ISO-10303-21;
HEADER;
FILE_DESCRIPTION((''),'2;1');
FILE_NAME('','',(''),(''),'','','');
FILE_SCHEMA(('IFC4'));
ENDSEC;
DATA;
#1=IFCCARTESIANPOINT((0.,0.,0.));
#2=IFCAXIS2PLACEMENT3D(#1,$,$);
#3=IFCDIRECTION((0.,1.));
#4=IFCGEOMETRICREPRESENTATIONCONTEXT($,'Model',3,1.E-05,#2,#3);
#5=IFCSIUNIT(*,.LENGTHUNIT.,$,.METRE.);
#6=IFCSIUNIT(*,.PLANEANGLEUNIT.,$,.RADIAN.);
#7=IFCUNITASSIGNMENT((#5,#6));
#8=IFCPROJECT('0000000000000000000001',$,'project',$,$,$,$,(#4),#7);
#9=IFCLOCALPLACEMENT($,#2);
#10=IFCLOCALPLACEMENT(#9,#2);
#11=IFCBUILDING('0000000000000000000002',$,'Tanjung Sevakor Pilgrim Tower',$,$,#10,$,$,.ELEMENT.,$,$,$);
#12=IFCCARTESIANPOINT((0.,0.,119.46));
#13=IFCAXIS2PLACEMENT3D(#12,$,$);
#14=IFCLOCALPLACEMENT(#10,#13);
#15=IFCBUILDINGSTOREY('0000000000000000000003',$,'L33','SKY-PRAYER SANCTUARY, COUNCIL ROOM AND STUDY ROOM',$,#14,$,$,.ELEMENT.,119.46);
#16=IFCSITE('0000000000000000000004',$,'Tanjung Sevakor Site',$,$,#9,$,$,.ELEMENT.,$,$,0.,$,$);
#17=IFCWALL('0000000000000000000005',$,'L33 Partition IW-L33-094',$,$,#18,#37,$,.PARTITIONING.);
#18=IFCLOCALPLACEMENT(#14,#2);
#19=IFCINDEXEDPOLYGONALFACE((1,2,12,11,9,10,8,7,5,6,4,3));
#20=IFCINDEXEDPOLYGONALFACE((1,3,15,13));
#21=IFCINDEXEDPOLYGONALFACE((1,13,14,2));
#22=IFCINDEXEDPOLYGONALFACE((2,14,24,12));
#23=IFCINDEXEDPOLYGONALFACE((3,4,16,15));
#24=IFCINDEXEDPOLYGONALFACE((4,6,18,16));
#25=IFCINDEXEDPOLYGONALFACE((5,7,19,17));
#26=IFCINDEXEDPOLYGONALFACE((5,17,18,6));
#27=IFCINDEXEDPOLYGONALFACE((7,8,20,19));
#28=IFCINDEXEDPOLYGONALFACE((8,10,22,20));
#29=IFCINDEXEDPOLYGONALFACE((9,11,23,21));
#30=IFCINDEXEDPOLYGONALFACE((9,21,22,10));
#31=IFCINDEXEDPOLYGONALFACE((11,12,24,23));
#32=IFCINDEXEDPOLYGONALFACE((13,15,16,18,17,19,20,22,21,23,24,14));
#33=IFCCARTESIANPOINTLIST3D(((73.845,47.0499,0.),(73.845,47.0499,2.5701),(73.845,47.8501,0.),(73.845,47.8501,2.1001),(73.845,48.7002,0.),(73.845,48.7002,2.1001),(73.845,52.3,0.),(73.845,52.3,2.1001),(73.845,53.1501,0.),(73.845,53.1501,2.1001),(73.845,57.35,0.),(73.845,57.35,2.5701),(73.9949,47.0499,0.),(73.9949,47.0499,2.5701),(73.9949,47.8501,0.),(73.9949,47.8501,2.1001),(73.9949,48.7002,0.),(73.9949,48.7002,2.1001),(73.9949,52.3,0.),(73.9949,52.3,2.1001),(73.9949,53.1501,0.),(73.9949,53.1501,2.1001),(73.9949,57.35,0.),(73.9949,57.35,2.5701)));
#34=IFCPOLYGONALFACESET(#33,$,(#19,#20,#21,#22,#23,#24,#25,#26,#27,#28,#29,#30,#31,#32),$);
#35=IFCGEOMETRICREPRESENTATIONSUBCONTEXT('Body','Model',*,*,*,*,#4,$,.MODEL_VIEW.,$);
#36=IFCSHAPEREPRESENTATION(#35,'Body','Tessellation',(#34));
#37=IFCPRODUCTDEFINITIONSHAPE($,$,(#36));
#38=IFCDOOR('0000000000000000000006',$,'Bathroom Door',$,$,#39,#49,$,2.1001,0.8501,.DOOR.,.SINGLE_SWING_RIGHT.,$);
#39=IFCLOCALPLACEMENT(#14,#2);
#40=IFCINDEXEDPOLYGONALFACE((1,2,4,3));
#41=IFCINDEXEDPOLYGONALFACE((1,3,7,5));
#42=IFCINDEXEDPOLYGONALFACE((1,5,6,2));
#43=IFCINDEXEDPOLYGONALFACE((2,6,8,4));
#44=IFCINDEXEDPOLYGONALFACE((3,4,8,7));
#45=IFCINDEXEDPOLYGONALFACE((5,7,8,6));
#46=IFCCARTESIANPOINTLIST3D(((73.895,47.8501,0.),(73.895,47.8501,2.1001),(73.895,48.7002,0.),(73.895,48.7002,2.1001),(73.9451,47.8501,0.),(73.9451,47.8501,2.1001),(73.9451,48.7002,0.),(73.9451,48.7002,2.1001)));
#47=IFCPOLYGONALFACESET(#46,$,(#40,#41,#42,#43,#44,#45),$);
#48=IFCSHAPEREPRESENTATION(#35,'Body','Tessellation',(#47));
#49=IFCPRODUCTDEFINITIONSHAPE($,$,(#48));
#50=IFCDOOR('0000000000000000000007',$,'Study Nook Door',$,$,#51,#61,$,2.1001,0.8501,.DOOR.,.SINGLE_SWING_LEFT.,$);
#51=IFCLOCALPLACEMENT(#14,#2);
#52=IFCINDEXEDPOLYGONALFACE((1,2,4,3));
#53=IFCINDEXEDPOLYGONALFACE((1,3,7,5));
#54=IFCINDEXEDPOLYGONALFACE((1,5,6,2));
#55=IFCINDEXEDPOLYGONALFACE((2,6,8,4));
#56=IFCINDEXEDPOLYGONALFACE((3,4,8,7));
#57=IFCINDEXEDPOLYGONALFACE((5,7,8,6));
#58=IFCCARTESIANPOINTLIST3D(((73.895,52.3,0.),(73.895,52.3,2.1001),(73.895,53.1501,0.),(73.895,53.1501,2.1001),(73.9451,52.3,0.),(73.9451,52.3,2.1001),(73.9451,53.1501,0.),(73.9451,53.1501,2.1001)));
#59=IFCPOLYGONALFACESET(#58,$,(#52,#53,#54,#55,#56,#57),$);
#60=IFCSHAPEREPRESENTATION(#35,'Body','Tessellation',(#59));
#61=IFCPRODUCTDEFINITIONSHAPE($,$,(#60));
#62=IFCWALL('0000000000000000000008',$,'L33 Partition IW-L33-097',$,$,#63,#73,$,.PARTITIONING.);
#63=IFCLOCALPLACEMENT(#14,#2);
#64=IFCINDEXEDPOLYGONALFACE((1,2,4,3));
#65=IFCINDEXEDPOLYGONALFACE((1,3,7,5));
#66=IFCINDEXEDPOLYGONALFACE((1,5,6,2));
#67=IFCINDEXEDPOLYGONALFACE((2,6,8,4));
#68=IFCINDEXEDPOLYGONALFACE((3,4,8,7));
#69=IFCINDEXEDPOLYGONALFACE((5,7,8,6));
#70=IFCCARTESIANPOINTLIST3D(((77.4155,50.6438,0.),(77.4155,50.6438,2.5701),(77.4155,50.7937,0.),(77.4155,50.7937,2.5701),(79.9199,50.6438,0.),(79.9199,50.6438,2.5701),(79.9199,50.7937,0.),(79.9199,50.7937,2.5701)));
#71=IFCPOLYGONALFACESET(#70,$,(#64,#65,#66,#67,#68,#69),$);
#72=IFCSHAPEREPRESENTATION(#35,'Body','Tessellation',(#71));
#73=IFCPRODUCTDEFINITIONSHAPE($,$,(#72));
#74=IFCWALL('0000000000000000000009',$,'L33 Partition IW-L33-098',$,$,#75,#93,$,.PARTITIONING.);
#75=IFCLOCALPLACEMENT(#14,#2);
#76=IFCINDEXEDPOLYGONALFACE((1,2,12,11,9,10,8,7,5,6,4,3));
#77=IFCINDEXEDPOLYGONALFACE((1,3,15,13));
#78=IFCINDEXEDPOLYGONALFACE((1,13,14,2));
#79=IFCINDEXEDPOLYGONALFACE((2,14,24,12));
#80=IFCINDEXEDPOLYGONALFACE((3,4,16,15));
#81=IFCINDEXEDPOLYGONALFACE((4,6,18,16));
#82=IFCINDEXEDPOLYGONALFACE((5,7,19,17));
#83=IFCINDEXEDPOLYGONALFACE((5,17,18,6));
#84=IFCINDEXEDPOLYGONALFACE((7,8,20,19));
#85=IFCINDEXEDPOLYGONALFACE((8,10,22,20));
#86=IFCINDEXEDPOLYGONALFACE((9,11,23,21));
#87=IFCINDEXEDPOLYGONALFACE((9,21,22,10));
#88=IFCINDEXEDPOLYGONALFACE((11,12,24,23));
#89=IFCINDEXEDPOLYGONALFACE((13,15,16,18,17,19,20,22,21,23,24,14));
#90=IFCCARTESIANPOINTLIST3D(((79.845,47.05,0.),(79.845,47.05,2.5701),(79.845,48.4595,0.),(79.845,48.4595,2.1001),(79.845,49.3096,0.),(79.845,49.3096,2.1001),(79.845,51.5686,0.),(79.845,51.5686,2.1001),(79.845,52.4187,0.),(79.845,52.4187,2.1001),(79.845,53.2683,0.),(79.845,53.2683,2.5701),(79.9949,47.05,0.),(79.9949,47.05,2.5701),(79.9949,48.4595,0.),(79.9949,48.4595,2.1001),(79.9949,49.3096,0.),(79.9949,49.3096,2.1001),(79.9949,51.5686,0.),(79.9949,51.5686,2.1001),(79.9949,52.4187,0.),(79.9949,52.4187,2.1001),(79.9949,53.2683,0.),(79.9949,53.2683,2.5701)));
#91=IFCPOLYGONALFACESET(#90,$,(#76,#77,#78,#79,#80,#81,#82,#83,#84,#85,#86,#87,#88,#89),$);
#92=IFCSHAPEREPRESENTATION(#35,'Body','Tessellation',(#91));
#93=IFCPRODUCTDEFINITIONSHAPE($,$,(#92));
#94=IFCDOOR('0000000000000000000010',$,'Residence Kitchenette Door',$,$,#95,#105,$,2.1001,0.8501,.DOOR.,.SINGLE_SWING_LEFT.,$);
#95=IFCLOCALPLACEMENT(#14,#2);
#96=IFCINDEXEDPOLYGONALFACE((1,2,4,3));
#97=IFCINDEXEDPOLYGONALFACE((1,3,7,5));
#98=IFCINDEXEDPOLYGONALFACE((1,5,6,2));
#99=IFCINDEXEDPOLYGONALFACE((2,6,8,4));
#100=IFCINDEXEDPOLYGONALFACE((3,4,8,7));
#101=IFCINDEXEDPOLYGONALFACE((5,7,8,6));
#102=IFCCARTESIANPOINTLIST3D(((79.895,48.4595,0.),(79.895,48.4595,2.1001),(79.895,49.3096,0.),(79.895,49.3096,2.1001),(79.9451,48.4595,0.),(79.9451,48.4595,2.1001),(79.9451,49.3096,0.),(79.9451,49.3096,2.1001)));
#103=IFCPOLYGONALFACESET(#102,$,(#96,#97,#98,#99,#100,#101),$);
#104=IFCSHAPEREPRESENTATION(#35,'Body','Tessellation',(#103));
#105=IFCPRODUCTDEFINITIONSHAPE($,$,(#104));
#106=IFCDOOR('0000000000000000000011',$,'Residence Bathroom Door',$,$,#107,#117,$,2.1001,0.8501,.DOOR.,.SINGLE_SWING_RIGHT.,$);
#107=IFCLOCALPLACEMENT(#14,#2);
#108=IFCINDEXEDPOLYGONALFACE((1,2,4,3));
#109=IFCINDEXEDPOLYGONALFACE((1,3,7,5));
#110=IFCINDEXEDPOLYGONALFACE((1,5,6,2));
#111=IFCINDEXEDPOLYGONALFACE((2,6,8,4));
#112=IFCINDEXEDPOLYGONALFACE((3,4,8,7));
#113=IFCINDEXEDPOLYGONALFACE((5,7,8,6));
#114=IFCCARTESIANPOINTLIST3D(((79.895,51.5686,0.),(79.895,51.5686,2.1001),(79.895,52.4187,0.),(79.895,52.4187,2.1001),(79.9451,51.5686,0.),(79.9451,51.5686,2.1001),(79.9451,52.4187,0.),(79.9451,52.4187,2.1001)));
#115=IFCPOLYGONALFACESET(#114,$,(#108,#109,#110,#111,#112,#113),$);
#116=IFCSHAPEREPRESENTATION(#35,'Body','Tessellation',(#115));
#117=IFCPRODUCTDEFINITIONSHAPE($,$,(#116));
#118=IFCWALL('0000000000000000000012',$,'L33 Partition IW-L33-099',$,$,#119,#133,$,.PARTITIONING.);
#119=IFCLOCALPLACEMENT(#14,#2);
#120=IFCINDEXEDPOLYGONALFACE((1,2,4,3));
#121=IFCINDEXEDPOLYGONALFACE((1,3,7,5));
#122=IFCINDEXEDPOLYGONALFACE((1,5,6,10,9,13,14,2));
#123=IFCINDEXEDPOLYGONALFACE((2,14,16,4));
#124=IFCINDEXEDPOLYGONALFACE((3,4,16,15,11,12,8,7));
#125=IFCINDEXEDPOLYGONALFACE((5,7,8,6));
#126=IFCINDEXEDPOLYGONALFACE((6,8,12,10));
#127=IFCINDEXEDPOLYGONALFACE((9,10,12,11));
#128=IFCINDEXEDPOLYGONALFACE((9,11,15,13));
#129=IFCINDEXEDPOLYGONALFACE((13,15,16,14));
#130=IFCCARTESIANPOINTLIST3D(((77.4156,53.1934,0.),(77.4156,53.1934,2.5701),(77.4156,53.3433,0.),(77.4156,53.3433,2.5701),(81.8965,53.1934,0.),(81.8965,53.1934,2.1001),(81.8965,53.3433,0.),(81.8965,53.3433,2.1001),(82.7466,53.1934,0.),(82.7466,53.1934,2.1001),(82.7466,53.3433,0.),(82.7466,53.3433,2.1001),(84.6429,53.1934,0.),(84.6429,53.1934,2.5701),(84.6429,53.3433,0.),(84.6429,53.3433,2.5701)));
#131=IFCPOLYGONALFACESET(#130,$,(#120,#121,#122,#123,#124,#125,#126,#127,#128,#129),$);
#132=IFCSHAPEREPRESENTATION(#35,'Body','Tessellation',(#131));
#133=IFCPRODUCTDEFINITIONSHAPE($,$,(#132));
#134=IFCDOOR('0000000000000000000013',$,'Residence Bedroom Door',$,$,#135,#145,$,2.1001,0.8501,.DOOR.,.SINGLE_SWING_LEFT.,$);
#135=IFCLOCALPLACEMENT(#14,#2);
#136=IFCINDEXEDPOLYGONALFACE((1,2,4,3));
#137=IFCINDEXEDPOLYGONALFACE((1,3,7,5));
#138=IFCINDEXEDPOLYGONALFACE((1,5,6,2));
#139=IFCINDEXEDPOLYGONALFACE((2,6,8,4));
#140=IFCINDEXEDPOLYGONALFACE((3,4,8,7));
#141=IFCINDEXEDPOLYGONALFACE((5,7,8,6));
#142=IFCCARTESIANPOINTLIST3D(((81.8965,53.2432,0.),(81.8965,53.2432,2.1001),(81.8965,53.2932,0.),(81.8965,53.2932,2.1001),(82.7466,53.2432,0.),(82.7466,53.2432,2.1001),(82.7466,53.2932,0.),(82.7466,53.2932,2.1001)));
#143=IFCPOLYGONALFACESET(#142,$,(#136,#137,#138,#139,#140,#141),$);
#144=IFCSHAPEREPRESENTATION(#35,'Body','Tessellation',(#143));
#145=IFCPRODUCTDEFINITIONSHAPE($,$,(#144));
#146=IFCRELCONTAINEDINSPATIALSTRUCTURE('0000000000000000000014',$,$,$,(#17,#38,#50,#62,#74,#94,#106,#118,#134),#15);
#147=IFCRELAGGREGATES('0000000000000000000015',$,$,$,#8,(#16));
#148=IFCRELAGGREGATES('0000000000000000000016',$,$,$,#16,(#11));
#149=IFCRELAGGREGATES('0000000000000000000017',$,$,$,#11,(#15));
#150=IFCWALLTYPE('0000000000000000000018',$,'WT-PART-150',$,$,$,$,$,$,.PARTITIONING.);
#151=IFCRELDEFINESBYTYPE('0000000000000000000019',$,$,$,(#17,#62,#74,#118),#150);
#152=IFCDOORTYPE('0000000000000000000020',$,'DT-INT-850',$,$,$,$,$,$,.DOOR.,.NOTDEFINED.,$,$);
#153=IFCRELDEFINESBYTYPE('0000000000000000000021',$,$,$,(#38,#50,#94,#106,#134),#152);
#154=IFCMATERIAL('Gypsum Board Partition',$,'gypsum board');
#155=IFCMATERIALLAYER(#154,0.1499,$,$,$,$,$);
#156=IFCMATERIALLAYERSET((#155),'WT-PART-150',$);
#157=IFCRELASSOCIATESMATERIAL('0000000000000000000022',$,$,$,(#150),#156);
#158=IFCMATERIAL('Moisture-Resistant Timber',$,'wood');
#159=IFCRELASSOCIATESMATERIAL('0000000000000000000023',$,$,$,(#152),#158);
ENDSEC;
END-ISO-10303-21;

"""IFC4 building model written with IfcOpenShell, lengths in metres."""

from ifc_helpers import new_model, si_unit, direction, frame, frame_2d, origin, place, context, subcontext, project, spatial, rectangle, extrude, material, layer, layer_set, type_object, element, fill, save


model = new_model("IFC4")

# Units and contexts
model_context = context("Model", 3, precision=1e-05, world=origin(), true_north=direction((0.0, 1.0)))
body_context = subcontext(model_context, "Body", "Model", "MODEL_VIEW")
ifc_project = project(units=[si_unit("LENGTHUNIT", "METRE"), si_unit("PLANEANGLEUNIT", "RADIAN")], contexts=[model_context])

# Site, building, storey
site_placement = place(None, origin())
site = spatial("IfcSite", under=ifc_project, at=site_placement, Name="Tanjung Sevakor Site", CompositionType="ELEMENT", RefElevation=0.0)
building_placement = place(site_placement, origin())
building = spatial("IfcBuilding", under=site, at=building_placement, Name="Tanjung Sevakor Pilgrim Tower", CompositionType="ELEMENT")
storey_placement = place(building_placement, frame((0.0, 0.0, 119.46)))
storey = spatial("IfcBuildingStorey", under=building, at=storey_placement, Name="L33", Description="SKY-PRAYER SANCTUARY, COUNCIL ROOM AND STUDY ROOM", CompositionType="ELEMENT", Elevation=119.46)

# Wall, openings, doors
ifc_material_1 = material(Name="Gypsum Board Partition", Category="gypsum board")
ifc_layer_1 = layer(ifc_material_1, 0.1499)
ifc_layer_set_1 = layer_set([ifc_layer_1], Name="WT-PART-150")
wall_type_1 = type_object("IfcWallType", Name="WT-PART-150", PredefinedType="PARTITIONING", material=ifc_layer_set_1)
wall_1_placement = place(storey_placement, frame((73.9199, 47.05, 0.0), z_axis=(0.0, 0.0, 1.0), x_axis=(0.0, 1.0, 0.0)))
wall_1 = element("IfcWall", 1, at=wall_1_placement, inside=storey, type_object=wall_type_1, Name="L33 Partition IW-L33-094", PredefinedType="PARTITIONING", context=body_context, shape_type="SweptSolid", body=[
    extrude(rectangle(XDim=10.3, YDim=0.1499, at=frame_2d((5.1499, 0.0))), origin(), (0.0, 0.0, 1.0), 2.5701),
])
opening_1_placement = place(wall_1_placement, frame((0.8, 0.0, 0.0)))
opening_1 = element("IfcOpeningElement", 2, at=opening_1_placement, cuts=wall_1, PredefinedType="OPENING", context=body_context, shape_type="SweptSolid", body=[
    extrude(rectangle(XDim=0.8501, YDim=2.1001, at=frame_2d((0.425, 1.05))), frame((0.0, 0.085, 0.0), z_axis=(0.0, -1.0, 0.0), x_axis=(1.0, 0.0, 0.0)), (0.0, 0.0, 1.0), 0.1699),
])
opening_2_placement = place(wall_1_placement, frame((5.25, 0.0, 0.0)))
opening_2 = element("IfcOpeningElement", 3, at=opening_2_placement, cuts=wall_1, PredefinedType="OPENING", context=body_context, shape_type="SweptSolid", body=[
    extrude(rectangle(XDim=0.8501, YDim=2.1001, at=frame_2d((0.425, 1.05))), frame((0.0, 0.085, 0.0), z_axis=(0.0, -1.0, 0.0), x_axis=(1.0, 0.0, 0.0)), (0.0, 0.0, 1.0), 0.1699),
])
ifc_material_2 = material(Name="Moisture-Resistant Timber", Category="wood")
door_type_1 = type_object("IfcDoorType", Name="DT-INT-850", OperationType="NOTDEFINED", PredefinedType="DOOR", material=ifc_material_2)
door_1_placement = place(opening_1_placement, origin())
door_1 = element("IfcDoor", 4, at=door_1_placement, inside=storey, type_object=door_type_1, Name="Bathroom Door", OperationType="SINGLE_SWING_RIGHT", OverallHeight=2.1001, OverallWidth=0.8501, PredefinedType="DOOR", context=body_context, shape_type="SweptSolid", body=[
    extrude(rectangle(XDim=0.8501, YDim=2.1001, at=frame_2d((0.425, 1.05))), frame((0.0, 0.0249, 0.0), z_axis=(0.0, -1.0, 0.0), x_axis=(1.0, 0.0, 0.0)), (0.0, 0.0, 1.0), 0.05),
])
fill(opening_1, door_1)
door_2_placement = place(opening_2_placement, origin())
door_2 = element("IfcDoor", 5, at=door_2_placement, inside=storey, type_object=door_type_1, Name="Study Nook Door", OperationType="SINGLE_SWING_LEFT", OverallHeight=2.1001, OverallWidth=0.8501, PredefinedType="DOOR", context=body_context, shape_type="SweptSolid", body=[
    extrude(rectangle(XDim=0.8501, YDim=2.1001, at=frame_2d((0.425, 1.05))), frame((0.0, 0.0249, 0.0), z_axis=(0.0, -1.0, 0.0), x_axis=(1.0, 0.0, 0.0)), (0.0, 0.0, 1.0), 0.05),
])
fill(opening_2, door_2)

# Wall
wall_2_placement = place(storey_placement, frame((77.4155, 50.7188, 0.0), z_axis=(0.0, 0.0, 1.0), x_axis=(1.0, 0.0, 0.0)))
element("IfcWall", 6, at=wall_2_placement, inside=storey, type_object=wall_type_1, Name="L33 Partition IW-L33-097", PredefinedType="PARTITIONING", context=body_context, shape_type="SweptSolid", body=[
    extrude(rectangle(XDim=2.5044, YDim=0.1499, at=frame_2d((1.2522, 0.0))), origin(), (0.0, 0.0, 1.0), 2.5701),
])

# Wall, openings, doors
wall_3_placement = place(storey_placement, frame((79.9199, 47.05, 0.0), z_axis=(0.0, 0.0, 1.0), x_axis=(0.0, 1.0, 0.0)))
wall_3 = element("IfcWall", 7, at=wall_3_placement, inside=storey, type_object=wall_type_1, Name="L33 Partition IW-L33-098", PredefinedType="PARTITIONING", context=body_context, shape_type="SweptSolid", body=[
    extrude(rectangle(XDim=6.2183, YDim=0.1499, at=frame_2d((3.1091, 0.0))), origin(), (0.0, 0.0, 1.0), 2.5701),
])
opening_3_placement = place(wall_3_placement, frame((1.4094, 0.0, 0.0)))
opening_3 = element("IfcOpeningElement", 8, at=opening_3_placement, cuts=wall_3, PredefinedType="OPENING", context=body_context, shape_type="SweptSolid", body=[
    extrude(rectangle(XDim=0.8501, YDim=2.1001, at=frame_2d((0.425, 1.05))), frame((0.0, 0.085, 0.0), z_axis=(0.0, -1.0, 0.0), x_axis=(1.0, 0.0, 0.0)), (0.0, 0.0, 1.0), 0.1699),
])
opening_4_placement = place(wall_3_placement, frame((4.5186, 0.0, 0.0)))
opening_4 = element("IfcOpeningElement", 9, at=opening_4_placement, cuts=wall_3, PredefinedType="OPENING", context=body_context, shape_type="SweptSolid", body=[
    extrude(rectangle(XDim=0.8501, YDim=2.1001, at=frame_2d((0.425, 1.05))), frame((0.0, 0.085, 0.0), z_axis=(0.0, -1.0, 0.0), x_axis=(1.0, 0.0, 0.0)), (0.0, 0.0, 1.0), 0.1699),
])
door_3_placement = place(opening_3_placement, origin())
door_3 = element("IfcDoor", 10, at=door_3_placement, inside=storey, type_object=door_type_1, Name="Residence Kitchenette Door", OperationType="SINGLE_SWING_LEFT", OverallHeight=2.1001, OverallWidth=0.8501, PredefinedType="DOOR", context=body_context, shape_type="SweptSolid", body=[
    extrude(rectangle(XDim=0.8501, YDim=2.1001, at=frame_2d((0.425, 1.05))), frame((0.0, 0.0249, 0.0), z_axis=(0.0, -1.0, 0.0), x_axis=(1.0, 0.0, 0.0)), (0.0, 0.0, 1.0), 0.05),
])
fill(opening_3, door_3)
door_4_placement = place(opening_4_placement, origin())
door_4 = element("IfcDoor", 11, at=door_4_placement, inside=storey, type_object=door_type_1, Name="Residence Bathroom Door", OperationType="SINGLE_SWING_RIGHT", OverallHeight=2.1001, OverallWidth=0.8501, PredefinedType="DOOR", context=body_context, shape_type="SweptSolid", body=[
    extrude(rectangle(XDim=0.8501, YDim=2.1001, at=frame_2d((0.425, 1.05))), frame((0.0, 0.0249, 0.0), z_axis=(0.0, -1.0, 0.0), x_axis=(1.0, 0.0, 0.0)), (0.0, 0.0, 1.0), 0.05),
])
fill(opening_4, door_4)

# Wall, opening, door
wall_4_placement = place(storey_placement, frame((77.4155, 53.2683, 0.0), z_axis=(0.0, 0.0, 1.0), x_axis=(1.0, 0.0, 0.0)))
wall_4 = element("IfcWall", 12, at=wall_4_placement, inside=storey, type_object=wall_type_1, Name="L33 Partition IW-L33-099", PredefinedType="PARTITIONING", context=body_context, shape_type="SweptSolid", body=[
    extrude(rectangle(XDim=7.2273, YDim=0.1499, at=frame_2d((3.6138, 0.0))), origin(), (0.0, 0.0, 1.0), 2.5701),
])
opening_5_placement = place(wall_4_placement, frame((4.481, 0.0, 0.0)))
opening_5 = element("IfcOpeningElement", 13, at=opening_5_placement, cuts=wall_4, PredefinedType="OPENING", context=body_context, shape_type="SweptSolid", body=[
    extrude(rectangle(XDim=0.8501, YDim=2.1001, at=frame_2d((0.425, 1.05))), frame((0.0, 0.085, 0.0), z_axis=(0.0, -1.0, 0.0), x_axis=(1.0, 0.0, 0.0)), (0.0, 0.0, 1.0), 0.1699),
])
door_5_placement = place(opening_5_placement, origin())
door_5 = element("IfcDoor", 14, at=door_5_placement, inside=storey, type_object=door_type_1, Name="Residence Bedroom Door", OperationType="SINGLE_SWING_LEFT", OverallHeight=2.1001, OverallWidth=0.8501, PredefinedType="DOOR", context=body_context, shape_type="SweptSolid", body=[
    extrude(rectangle(XDim=0.8501, YDim=2.1001, at=frame_2d((0.425, 1.05))), frame((0.0, 0.0249, 0.0), z_axis=(0.0, -1.0, 0.0), x_axis=(1.0, 0.0, 0.0)), (0.0, 0.0, 1.0), 0.05),
])
fill(opening_5, door_5)

save(model, "model.ifc")
